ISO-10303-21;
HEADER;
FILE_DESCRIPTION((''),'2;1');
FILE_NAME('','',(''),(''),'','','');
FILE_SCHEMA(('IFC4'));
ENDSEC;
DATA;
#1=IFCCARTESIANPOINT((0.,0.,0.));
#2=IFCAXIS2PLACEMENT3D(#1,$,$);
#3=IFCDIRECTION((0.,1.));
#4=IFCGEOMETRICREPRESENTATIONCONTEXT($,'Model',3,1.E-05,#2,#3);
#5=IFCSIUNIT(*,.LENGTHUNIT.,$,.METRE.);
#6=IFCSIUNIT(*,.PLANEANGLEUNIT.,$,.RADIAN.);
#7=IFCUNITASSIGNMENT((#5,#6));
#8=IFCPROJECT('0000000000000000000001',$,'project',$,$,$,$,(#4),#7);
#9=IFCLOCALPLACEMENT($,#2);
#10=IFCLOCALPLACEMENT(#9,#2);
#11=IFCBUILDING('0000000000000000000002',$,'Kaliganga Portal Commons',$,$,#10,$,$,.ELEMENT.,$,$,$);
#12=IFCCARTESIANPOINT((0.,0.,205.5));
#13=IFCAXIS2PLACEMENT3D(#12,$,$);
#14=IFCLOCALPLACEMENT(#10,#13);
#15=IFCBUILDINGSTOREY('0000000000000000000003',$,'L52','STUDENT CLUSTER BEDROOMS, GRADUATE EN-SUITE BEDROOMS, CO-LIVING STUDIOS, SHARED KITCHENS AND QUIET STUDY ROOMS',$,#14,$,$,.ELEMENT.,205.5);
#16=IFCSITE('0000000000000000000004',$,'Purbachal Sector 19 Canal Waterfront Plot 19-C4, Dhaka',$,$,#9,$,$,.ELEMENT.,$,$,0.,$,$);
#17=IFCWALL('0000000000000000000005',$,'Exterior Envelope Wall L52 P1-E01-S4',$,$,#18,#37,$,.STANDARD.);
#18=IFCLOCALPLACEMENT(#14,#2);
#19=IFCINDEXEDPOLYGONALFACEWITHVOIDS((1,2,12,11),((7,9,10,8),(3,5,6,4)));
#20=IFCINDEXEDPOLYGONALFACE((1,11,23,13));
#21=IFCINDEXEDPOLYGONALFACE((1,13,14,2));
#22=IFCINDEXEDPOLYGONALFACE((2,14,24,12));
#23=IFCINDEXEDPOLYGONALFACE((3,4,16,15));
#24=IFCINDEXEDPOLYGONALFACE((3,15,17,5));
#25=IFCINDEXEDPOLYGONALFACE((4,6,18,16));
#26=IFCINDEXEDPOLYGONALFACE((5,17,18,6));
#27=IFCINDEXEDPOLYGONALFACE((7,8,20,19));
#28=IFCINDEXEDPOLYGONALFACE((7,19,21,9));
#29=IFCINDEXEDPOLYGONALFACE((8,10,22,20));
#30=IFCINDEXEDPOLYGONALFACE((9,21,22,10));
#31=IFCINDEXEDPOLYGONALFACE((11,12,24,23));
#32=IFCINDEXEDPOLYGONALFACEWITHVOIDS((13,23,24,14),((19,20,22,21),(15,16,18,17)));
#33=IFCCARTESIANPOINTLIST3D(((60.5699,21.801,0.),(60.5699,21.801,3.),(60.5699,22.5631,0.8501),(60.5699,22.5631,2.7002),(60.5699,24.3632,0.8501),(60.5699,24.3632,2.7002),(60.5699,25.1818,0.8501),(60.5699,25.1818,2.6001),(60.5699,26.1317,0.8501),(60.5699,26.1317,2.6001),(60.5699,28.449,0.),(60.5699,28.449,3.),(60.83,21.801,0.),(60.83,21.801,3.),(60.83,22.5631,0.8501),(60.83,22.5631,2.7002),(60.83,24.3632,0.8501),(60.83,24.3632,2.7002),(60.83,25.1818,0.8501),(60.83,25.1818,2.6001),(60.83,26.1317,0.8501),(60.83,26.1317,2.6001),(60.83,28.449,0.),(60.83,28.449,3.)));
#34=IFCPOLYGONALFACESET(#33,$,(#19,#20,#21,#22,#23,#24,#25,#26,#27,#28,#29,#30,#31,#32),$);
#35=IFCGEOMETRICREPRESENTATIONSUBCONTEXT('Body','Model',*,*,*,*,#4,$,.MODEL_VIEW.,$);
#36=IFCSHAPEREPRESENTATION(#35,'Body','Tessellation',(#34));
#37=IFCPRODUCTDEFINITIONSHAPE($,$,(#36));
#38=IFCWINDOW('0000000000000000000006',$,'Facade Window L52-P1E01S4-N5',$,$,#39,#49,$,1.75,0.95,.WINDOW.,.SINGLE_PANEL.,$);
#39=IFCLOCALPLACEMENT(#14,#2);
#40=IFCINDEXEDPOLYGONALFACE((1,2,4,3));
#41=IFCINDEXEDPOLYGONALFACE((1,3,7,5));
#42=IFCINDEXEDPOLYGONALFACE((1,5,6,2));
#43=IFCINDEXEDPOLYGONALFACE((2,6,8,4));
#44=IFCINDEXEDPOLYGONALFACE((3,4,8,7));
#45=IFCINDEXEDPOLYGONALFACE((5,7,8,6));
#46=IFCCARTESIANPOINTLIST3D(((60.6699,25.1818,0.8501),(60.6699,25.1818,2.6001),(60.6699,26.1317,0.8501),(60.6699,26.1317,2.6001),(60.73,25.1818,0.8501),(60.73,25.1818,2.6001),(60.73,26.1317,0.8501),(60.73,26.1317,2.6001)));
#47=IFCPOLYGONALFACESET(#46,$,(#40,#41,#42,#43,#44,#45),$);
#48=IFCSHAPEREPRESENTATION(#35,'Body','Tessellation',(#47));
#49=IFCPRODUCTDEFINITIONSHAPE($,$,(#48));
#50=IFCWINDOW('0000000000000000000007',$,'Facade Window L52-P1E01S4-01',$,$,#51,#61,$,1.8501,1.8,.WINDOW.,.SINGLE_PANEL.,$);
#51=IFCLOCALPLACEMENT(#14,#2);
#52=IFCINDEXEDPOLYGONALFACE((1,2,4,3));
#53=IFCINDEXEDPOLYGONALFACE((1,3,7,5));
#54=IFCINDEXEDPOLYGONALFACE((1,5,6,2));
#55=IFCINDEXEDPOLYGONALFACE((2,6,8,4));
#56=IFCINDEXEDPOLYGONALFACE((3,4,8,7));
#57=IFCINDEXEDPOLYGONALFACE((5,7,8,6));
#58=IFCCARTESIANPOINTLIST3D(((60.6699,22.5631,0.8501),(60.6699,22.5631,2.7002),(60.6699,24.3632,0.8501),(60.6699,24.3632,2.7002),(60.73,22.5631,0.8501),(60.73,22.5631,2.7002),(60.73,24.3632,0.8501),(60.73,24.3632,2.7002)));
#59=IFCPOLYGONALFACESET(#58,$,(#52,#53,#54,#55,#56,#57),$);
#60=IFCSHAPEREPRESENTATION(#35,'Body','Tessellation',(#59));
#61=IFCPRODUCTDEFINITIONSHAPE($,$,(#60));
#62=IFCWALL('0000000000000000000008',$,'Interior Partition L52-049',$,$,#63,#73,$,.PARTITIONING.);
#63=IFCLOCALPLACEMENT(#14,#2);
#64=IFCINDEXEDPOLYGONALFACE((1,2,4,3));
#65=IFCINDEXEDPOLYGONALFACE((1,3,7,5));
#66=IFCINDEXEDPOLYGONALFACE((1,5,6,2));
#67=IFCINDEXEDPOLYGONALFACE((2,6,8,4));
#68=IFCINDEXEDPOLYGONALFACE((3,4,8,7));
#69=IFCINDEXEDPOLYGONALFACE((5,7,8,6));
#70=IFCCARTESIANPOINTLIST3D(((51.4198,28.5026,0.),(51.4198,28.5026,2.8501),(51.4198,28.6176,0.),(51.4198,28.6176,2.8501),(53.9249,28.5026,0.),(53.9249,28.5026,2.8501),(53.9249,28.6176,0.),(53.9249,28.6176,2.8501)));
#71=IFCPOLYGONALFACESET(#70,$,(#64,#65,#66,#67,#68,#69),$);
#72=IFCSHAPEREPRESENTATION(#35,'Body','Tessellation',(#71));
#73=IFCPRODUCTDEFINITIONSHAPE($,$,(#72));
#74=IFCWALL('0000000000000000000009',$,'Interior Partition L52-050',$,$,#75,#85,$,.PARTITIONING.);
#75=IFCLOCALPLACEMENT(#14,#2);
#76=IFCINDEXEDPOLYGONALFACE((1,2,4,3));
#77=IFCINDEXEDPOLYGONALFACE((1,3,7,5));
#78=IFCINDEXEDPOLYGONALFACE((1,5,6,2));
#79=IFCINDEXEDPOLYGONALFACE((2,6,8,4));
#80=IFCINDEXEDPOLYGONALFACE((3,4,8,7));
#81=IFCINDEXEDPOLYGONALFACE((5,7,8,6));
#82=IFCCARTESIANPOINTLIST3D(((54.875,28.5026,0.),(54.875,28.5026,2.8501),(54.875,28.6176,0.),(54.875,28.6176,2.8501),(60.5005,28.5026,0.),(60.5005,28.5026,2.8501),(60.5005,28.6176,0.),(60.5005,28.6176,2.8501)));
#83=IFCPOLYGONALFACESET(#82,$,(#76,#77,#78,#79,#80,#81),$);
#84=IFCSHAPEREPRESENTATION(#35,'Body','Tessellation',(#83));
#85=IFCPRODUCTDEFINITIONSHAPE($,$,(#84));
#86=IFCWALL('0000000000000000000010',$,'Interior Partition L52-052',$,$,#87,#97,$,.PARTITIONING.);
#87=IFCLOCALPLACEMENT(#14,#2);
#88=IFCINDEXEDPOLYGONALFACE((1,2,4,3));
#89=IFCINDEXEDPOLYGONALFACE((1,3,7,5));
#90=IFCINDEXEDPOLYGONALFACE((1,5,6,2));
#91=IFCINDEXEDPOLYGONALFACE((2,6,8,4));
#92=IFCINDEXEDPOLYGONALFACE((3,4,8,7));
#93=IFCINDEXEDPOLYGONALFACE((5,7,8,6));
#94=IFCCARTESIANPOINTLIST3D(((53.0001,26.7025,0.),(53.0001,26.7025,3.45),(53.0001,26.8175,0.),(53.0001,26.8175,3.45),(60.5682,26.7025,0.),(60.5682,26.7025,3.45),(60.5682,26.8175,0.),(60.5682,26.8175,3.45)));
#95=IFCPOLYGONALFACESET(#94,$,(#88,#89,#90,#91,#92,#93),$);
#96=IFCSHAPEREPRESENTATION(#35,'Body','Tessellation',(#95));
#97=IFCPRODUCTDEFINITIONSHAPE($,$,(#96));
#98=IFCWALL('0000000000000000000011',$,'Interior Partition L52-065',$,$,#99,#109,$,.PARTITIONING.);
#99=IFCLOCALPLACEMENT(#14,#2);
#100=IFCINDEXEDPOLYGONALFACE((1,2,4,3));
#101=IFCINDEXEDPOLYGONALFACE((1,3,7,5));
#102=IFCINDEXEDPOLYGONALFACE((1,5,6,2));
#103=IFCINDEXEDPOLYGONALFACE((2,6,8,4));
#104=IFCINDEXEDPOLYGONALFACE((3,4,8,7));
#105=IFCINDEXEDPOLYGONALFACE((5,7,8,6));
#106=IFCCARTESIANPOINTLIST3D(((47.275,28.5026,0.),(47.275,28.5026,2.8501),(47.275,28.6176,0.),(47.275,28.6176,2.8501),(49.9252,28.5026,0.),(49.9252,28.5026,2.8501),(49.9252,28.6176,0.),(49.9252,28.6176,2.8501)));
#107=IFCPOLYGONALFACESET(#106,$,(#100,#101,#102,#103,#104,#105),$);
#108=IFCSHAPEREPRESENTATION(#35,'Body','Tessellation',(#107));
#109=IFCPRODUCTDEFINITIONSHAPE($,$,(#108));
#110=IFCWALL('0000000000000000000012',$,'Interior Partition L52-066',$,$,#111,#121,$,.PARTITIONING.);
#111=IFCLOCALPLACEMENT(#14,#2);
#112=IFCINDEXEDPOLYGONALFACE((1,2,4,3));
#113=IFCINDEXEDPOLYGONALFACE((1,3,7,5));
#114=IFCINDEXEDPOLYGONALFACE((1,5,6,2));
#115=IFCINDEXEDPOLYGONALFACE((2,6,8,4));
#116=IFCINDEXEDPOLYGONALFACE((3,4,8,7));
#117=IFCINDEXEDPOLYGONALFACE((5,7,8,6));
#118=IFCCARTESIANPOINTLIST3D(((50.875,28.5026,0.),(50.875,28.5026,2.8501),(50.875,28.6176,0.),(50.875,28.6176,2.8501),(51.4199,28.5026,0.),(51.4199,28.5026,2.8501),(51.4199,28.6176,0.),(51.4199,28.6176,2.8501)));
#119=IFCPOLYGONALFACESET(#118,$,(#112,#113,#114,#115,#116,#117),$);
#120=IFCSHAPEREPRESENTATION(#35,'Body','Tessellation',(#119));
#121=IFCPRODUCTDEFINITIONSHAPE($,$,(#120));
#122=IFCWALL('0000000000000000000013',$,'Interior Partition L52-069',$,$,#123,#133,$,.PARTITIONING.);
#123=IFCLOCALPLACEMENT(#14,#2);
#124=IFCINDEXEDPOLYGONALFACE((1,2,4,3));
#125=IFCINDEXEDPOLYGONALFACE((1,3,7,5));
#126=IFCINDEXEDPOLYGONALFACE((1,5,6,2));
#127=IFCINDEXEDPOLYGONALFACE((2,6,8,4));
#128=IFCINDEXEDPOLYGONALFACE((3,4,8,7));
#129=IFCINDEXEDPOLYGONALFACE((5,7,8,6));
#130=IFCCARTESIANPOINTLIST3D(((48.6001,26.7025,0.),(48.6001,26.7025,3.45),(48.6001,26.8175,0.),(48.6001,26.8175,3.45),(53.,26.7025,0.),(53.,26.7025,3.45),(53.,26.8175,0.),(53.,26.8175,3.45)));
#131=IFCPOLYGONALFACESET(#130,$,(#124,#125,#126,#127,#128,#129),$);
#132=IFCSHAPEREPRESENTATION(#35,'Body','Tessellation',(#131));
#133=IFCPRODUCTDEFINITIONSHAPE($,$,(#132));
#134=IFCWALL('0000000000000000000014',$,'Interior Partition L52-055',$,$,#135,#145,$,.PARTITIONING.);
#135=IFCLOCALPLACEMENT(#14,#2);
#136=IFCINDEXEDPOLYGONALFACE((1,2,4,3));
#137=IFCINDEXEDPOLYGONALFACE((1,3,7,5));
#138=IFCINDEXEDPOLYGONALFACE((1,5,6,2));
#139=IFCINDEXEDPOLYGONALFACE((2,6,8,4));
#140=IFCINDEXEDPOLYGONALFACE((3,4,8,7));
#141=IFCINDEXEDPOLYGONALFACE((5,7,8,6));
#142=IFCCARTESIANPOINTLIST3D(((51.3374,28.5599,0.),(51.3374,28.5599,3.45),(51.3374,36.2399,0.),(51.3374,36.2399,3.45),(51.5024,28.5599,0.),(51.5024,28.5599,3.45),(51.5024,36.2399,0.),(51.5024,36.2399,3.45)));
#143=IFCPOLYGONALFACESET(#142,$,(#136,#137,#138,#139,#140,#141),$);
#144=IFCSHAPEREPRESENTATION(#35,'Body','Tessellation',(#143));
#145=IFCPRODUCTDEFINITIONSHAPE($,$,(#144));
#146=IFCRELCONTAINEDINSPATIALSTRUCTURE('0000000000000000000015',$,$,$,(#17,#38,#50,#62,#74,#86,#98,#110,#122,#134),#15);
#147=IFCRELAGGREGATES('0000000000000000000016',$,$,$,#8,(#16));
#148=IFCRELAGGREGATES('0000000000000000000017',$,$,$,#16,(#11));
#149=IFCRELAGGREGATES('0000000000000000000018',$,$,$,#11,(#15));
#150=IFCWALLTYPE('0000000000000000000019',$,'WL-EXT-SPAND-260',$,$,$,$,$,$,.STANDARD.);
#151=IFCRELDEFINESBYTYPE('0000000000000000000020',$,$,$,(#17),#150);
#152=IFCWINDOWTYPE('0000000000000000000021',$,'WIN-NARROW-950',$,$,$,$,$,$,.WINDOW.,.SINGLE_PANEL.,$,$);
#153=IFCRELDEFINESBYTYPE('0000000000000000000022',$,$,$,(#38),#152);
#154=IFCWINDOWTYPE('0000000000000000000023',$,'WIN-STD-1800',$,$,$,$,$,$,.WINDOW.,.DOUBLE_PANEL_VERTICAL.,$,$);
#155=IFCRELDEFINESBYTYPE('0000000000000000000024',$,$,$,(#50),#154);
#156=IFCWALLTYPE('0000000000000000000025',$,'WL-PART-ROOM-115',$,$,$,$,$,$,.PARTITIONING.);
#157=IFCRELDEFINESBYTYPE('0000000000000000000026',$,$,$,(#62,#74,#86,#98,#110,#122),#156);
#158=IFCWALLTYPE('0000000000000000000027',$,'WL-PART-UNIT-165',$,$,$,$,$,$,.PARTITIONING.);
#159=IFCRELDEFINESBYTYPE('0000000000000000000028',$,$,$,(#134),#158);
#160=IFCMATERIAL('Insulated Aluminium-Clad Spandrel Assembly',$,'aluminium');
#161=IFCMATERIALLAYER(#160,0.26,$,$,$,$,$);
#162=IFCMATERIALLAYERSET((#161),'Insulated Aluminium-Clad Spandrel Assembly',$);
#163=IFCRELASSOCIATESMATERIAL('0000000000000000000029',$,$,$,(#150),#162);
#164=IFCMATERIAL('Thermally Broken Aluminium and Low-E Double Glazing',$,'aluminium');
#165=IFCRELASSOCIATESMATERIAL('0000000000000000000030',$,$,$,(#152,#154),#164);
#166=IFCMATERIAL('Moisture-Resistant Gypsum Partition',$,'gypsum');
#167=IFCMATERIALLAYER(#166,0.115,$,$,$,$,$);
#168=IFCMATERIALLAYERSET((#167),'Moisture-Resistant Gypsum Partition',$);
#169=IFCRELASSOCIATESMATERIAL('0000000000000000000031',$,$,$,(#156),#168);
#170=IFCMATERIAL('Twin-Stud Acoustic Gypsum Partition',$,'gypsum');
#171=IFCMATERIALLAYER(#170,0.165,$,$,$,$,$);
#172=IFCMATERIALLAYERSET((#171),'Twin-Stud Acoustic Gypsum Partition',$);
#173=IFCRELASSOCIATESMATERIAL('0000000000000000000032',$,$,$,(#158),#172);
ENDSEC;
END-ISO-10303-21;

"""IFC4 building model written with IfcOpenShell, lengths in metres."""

from ifc_helpers import new_model, si_unit, direction, frame, frame_2d, origin, place, context, subcontext, project, spatial, rectangle, extrude, material, layer, layer_set, type_object, element, fill, save


model = new_model("IFC4")

# Units and contexts
model_context = context("Model", 3, precision=1e-05, world=origin(), true_north=direction((0.0, 1.0)))
body_context = subcontext(model_context, "Body", "Model", "MODEL_VIEW")
ifc_project = project(units=[si_unit("LENGTHUNIT", "METRE"), si_unit("PLANEANGLEUNIT", "RADIAN")], contexts=[model_context])

# Site, building, storey
site_placement = place(None, origin())
site = spatial("IfcSite", under=ifc_project, at=site_placement, Name="Purbachal Sector 19 Canal Waterfront Plot 19-C4, Dhaka", CompositionType="ELEMENT", RefElevation=0.0)
building_placement = place(site_placement, origin())
building = spatial("IfcBuilding", under=site, at=building_placement, Name="Kaliganga Portal Commons", CompositionType="ELEMENT")
storey_placement = place(building_placement, frame((0.0, 0.0, 205.5)))
storey = spatial("IfcBuildingStorey", under=building, at=storey_placement, Name="L52", Description="STUDENT CLUSTER BEDROOMS, GRADUATE EN-SUITE BEDROOMS, CO-LIVING STUDIOS, SHARED KITCHENS AND QUIET STUDY ROOMS", CompositionType="ELEMENT", Elevation=205.5)

# Wall, openings, windows
ifc_material_1 = material(Name="Insulated Aluminium-Clad Spandrel Assembly", Category="aluminium")
ifc_layer_1 = layer(ifc_material_1, 0.26)
ifc_layer_set_1 = layer_set([ifc_layer_1], Name="Insulated Aluminium-Clad Spandrel Assembly")
wall_type_1 = type_object("IfcWallType", Name="WL-EXT-SPAND-260", PredefinedType="STANDARD", material=ifc_layer_set_1)
wall_1_placement = place(storey_placement, frame((60.7, 28.449, 0.0), z_axis=(0.0, 0.0, 1.0), x_axis=(0.0, -1.0, 0.0)))
wall_1 = element("IfcWall", 1, at=wall_1_placement, inside=storey, type_object=wall_type_1, Name="Exterior Envelope Wall L52 P1-E01-S4", PredefinedType="STANDARD", context=body_context, shape_type="SweptSolid", body=[
    extrude(rectangle(XDim=6.6479, YDim=0.26, at=frame_2d((3.324, 0.0))), origin(), (0.0, 0.0, 1.0), 3.0),
])
opening_1_placement = place(wall_1_placement, frame((4.0859, 0.0, 0.8501)))
opening_1 = element("IfcOpeningElement", 2, at=opening_1_placement, cuts=wall_1, PredefinedType="OPENING", context=body_context, shape_type="SweptSolid", body=[
    extrude(rectangle(XDim=1.8, YDim=1.8501, at=frame_2d((0.8999, 0.925))), frame((0.0, 0.1401, 0.0), z_axis=(0.0, -1.0, 0.0), x_axis=(1.0, 0.0, 0.0)), (0.0, 0.0, 1.0), 0.28),
])
opening_2_placement = place(wall_1_placement, frame((2.3171, 0.0, 0.8501)))
opening_2 = element("IfcOpeningElement", 3, at=opening_2_placement, cuts=wall_1, PredefinedType="OPENING", context=body_context, shape_type="SweptSolid", body=[
    extrude(rectangle(XDim=0.95, YDim=1.75, at=frame_2d((0.4751, 0.875))), frame((0.0, 0.1401, 0.0), z_axis=(0.0, -1.0, 0.0), x_axis=(1.0, 0.0, 0.0)), (0.0, 0.0, 1.0), 0.28),
])
ifc_material_2 = material(Name="Thermally Broken Aluminium and Low-E Double Glazing", Category="aluminium")
window_type_1 = type_object("IfcWindowType", Name="WIN-NARROW-950", PartitioningType="SINGLE_PANEL", PredefinedType="WINDOW", material=ifc_material_2)
window_1_placement = place(opening_2_placement, origin())
window_1 = element("IfcWindow", 4, at=window_1_placement, inside=storey, type_object=window_type_1, Name="Facade Window L52-P1E01S4-N5", OverallHeight=1.75, OverallWidth=0.95, PartitioningType="SINGLE_PANEL", PredefinedType="WINDOW", context=body_context, shape_type="SweptSolid", body=[
    extrude(rectangle(XDim=0.95, YDim=1.75, at=frame_2d((0.4751, 0.875))), frame((0.0, 0.03, 0.0), z_axis=(0.0, -1.0, 0.0), x_axis=(1.0, 0.0, 0.0)), (0.0, 0.0, 1.0), 0.0601),
])
fill(opening_2, window_1)
window_type_2 = type_object("IfcWindowType", Name="WIN-STD-1800", PartitioningType="DOUBLE_PANEL_VERTICAL", PredefinedType="WINDOW", material=ifc_material_2)
window_2_placement = place(opening_1_placement, origin())
window_2 = element("IfcWindow", 5, at=window_2_placement, inside=storey, type_object=window_type_2, Name="Facade Window L52-P1E01S4-01", OverallHeight=1.8501, OverallWidth=1.8, PartitioningType="SINGLE_PANEL", PredefinedType="WINDOW", context=body_context, shape_type="SweptSolid", body=[
    extrude(rectangle(XDim=1.8, YDim=1.8501, at=frame_2d((0.8999, 0.925))), frame((0.0, 0.03, 0.0), z_axis=(0.0, -1.0, 0.0), x_axis=(1.0, 0.0, 0.0)), (0.0, 0.0, 1.0), 0.0601),
])
fill(opening_1, window_2)

# Walls
ifc_material_3 = material(Name="Moisture-Resistant Gypsum Partition", Category="gypsum")
ifc_layer_2 = layer(ifc_material_3, 0.115)
ifc_layer_set_2 = layer_set([ifc_layer_2], Name="Moisture-Resistant Gypsum Partition")
wall_type_2 = type_object("IfcWallType", Name="WL-PART-ROOM-115", PredefinedType="PARTITIONING", material=ifc_layer_set_2)
wall_2_placement = place(storey_placement, frame((51.4199, 28.5601, 0.0), z_axis=(0.0, 0.0, 1.0), x_axis=(1.0, 0.0, 0.0)))
element("IfcWall", 6, at=wall_2_placement, inside=storey, type_object=wall_type_2, Name="Interior Partition L52-049", PredefinedType="PARTITIONING", context=body_context, shape_type="SweptSolid", body=[
    extrude(rectangle(XDim=2.5051, YDim=0.115, at=frame_2d((1.2524, 0.0))), origin(), (0.0, 0.0, 1.0), 2.8501),
])
wall_3_placement = place(storey_placement, frame((54.875, 28.5601, 0.0), z_axis=(0.0, 0.0, 1.0), x_axis=(1.0, 0.0, 0.0)))
element("IfcWall", 7, at=wall_3_placement, inside=storey, type_object=wall_type_2, Name="Interior Partition L52-050", PredefinedType="PARTITIONING", context=body_context, shape_type="SweptSolid", body=[
    extrude(rectangle(XDim=5.6255, YDim=0.115, at=frame_2d((2.8127, 0.0))), origin(), (0.0, 0.0, 1.0), 2.8501),
])
wall_4_placement = place(storey_placement, frame((53.0, 26.76, 0.0), z_axis=(0.0, 0.0, 1.0), x_axis=(1.0, 0.0, 0.0)))
element("IfcWall", 8, at=wall_4_placement, inside=storey, type_object=wall_type_2, Name="Interior Partition L52-052", PredefinedType="PARTITIONING", context=body_context, shape_type="SweptSolid", body=[
    extrude(rectangle(XDim=7.5681, YDim=0.115, at=frame_2d((3.7842, 0.0))), origin(), (0.0, 0.0, 1.0), 3.45),
])
wall_5_placement = place(storey_placement, frame((47.2749, 28.5601, 0.0), z_axis=(0.0, 0.0, 1.0), x_axis=(1.0, 0.0, 0.0)))
element("IfcWall", 9, at=wall_5_placement, inside=storey, type_object=wall_type_2, Name="Interior Partition L52-065", PredefinedType="PARTITIONING", context=body_context, shape_type="SweptSolid", body=[
    extrude(rectangle(XDim=2.6501, YDim=0.115, at=frame_2d((1.3252, 0.0))), origin(), (0.0, 0.0, 1.0), 2.8501),
])
wall_6_placement = place(storey_placement, frame((50.875, 28.5601, 0.0), z_axis=(0.0, 0.0, 1.0), x_axis=(1.0, 0.0, 0.0)))
element("IfcWall", 10, at=wall_6_placement, inside=storey, type_object=wall_type_2, Name="Interior Partition L52-066", PredefinedType="PARTITIONING", context=body_context, shape_type="SweptSolid", body=[
    extrude(rectangle(XDim=0.5449, YDim=0.115, at=frame_2d((0.2725, 0.0))), origin(), (0.0, 0.0, 1.0), 2.8501),
])
wall_7_placement = place(storey_placement, frame((48.6001, 26.76, 0.0), z_axis=(0.0, 0.0, 1.0), x_axis=(1.0, 0.0, 0.0)))
element("IfcWall", 11, at=wall_7_placement, inside=storey, type_object=wall_type_2, Name="Interior Partition L52-069", PredefinedType="PARTITIONING", context=body_context, shape_type="SweptSolid", body=[
    extrude(rectangle(XDim=4.3999, YDim=0.115, at=frame_2d((2.2, 0.0))), origin(), (0.0, 0.0, 1.0), 3.45),
])
ifc_material_4 = material(Name="Twin-Stud Acoustic Gypsum Partition", Category="gypsum")
ifc_layer_3 = layer(ifc_material_4, 0.165)
ifc_layer_set_3 = layer_set([ifc_layer_3], Name="Twin-Stud Acoustic Gypsum Partition")
wall_type_3 = type_object("IfcWallType", Name="WL-PART-UNIT-165", PredefinedType="PARTITIONING", material=ifc_layer_set_3)
wall_8_placement = place(storey_placement, frame((51.4199, 28.5601, 0.0), z_axis=(0.0, 0.0, 1.0), x_axis=(0.0, 1.0, 0.0)))
element("IfcWall", 12, at=wall_8_placement, inside=storey, type_object=wall_type_3, Name="Interior Partition L52-055", PredefinedType="PARTITIONING", context=body_context, shape_type="SweptSolid", body=[
    extrude(rectangle(XDim=7.6799, YDim=0.165, at=frame_2d((3.8398, 0.0))), origin(), (0.0, 0.0, 1.0), 3.45),
])

save(model, "model.ifc")
